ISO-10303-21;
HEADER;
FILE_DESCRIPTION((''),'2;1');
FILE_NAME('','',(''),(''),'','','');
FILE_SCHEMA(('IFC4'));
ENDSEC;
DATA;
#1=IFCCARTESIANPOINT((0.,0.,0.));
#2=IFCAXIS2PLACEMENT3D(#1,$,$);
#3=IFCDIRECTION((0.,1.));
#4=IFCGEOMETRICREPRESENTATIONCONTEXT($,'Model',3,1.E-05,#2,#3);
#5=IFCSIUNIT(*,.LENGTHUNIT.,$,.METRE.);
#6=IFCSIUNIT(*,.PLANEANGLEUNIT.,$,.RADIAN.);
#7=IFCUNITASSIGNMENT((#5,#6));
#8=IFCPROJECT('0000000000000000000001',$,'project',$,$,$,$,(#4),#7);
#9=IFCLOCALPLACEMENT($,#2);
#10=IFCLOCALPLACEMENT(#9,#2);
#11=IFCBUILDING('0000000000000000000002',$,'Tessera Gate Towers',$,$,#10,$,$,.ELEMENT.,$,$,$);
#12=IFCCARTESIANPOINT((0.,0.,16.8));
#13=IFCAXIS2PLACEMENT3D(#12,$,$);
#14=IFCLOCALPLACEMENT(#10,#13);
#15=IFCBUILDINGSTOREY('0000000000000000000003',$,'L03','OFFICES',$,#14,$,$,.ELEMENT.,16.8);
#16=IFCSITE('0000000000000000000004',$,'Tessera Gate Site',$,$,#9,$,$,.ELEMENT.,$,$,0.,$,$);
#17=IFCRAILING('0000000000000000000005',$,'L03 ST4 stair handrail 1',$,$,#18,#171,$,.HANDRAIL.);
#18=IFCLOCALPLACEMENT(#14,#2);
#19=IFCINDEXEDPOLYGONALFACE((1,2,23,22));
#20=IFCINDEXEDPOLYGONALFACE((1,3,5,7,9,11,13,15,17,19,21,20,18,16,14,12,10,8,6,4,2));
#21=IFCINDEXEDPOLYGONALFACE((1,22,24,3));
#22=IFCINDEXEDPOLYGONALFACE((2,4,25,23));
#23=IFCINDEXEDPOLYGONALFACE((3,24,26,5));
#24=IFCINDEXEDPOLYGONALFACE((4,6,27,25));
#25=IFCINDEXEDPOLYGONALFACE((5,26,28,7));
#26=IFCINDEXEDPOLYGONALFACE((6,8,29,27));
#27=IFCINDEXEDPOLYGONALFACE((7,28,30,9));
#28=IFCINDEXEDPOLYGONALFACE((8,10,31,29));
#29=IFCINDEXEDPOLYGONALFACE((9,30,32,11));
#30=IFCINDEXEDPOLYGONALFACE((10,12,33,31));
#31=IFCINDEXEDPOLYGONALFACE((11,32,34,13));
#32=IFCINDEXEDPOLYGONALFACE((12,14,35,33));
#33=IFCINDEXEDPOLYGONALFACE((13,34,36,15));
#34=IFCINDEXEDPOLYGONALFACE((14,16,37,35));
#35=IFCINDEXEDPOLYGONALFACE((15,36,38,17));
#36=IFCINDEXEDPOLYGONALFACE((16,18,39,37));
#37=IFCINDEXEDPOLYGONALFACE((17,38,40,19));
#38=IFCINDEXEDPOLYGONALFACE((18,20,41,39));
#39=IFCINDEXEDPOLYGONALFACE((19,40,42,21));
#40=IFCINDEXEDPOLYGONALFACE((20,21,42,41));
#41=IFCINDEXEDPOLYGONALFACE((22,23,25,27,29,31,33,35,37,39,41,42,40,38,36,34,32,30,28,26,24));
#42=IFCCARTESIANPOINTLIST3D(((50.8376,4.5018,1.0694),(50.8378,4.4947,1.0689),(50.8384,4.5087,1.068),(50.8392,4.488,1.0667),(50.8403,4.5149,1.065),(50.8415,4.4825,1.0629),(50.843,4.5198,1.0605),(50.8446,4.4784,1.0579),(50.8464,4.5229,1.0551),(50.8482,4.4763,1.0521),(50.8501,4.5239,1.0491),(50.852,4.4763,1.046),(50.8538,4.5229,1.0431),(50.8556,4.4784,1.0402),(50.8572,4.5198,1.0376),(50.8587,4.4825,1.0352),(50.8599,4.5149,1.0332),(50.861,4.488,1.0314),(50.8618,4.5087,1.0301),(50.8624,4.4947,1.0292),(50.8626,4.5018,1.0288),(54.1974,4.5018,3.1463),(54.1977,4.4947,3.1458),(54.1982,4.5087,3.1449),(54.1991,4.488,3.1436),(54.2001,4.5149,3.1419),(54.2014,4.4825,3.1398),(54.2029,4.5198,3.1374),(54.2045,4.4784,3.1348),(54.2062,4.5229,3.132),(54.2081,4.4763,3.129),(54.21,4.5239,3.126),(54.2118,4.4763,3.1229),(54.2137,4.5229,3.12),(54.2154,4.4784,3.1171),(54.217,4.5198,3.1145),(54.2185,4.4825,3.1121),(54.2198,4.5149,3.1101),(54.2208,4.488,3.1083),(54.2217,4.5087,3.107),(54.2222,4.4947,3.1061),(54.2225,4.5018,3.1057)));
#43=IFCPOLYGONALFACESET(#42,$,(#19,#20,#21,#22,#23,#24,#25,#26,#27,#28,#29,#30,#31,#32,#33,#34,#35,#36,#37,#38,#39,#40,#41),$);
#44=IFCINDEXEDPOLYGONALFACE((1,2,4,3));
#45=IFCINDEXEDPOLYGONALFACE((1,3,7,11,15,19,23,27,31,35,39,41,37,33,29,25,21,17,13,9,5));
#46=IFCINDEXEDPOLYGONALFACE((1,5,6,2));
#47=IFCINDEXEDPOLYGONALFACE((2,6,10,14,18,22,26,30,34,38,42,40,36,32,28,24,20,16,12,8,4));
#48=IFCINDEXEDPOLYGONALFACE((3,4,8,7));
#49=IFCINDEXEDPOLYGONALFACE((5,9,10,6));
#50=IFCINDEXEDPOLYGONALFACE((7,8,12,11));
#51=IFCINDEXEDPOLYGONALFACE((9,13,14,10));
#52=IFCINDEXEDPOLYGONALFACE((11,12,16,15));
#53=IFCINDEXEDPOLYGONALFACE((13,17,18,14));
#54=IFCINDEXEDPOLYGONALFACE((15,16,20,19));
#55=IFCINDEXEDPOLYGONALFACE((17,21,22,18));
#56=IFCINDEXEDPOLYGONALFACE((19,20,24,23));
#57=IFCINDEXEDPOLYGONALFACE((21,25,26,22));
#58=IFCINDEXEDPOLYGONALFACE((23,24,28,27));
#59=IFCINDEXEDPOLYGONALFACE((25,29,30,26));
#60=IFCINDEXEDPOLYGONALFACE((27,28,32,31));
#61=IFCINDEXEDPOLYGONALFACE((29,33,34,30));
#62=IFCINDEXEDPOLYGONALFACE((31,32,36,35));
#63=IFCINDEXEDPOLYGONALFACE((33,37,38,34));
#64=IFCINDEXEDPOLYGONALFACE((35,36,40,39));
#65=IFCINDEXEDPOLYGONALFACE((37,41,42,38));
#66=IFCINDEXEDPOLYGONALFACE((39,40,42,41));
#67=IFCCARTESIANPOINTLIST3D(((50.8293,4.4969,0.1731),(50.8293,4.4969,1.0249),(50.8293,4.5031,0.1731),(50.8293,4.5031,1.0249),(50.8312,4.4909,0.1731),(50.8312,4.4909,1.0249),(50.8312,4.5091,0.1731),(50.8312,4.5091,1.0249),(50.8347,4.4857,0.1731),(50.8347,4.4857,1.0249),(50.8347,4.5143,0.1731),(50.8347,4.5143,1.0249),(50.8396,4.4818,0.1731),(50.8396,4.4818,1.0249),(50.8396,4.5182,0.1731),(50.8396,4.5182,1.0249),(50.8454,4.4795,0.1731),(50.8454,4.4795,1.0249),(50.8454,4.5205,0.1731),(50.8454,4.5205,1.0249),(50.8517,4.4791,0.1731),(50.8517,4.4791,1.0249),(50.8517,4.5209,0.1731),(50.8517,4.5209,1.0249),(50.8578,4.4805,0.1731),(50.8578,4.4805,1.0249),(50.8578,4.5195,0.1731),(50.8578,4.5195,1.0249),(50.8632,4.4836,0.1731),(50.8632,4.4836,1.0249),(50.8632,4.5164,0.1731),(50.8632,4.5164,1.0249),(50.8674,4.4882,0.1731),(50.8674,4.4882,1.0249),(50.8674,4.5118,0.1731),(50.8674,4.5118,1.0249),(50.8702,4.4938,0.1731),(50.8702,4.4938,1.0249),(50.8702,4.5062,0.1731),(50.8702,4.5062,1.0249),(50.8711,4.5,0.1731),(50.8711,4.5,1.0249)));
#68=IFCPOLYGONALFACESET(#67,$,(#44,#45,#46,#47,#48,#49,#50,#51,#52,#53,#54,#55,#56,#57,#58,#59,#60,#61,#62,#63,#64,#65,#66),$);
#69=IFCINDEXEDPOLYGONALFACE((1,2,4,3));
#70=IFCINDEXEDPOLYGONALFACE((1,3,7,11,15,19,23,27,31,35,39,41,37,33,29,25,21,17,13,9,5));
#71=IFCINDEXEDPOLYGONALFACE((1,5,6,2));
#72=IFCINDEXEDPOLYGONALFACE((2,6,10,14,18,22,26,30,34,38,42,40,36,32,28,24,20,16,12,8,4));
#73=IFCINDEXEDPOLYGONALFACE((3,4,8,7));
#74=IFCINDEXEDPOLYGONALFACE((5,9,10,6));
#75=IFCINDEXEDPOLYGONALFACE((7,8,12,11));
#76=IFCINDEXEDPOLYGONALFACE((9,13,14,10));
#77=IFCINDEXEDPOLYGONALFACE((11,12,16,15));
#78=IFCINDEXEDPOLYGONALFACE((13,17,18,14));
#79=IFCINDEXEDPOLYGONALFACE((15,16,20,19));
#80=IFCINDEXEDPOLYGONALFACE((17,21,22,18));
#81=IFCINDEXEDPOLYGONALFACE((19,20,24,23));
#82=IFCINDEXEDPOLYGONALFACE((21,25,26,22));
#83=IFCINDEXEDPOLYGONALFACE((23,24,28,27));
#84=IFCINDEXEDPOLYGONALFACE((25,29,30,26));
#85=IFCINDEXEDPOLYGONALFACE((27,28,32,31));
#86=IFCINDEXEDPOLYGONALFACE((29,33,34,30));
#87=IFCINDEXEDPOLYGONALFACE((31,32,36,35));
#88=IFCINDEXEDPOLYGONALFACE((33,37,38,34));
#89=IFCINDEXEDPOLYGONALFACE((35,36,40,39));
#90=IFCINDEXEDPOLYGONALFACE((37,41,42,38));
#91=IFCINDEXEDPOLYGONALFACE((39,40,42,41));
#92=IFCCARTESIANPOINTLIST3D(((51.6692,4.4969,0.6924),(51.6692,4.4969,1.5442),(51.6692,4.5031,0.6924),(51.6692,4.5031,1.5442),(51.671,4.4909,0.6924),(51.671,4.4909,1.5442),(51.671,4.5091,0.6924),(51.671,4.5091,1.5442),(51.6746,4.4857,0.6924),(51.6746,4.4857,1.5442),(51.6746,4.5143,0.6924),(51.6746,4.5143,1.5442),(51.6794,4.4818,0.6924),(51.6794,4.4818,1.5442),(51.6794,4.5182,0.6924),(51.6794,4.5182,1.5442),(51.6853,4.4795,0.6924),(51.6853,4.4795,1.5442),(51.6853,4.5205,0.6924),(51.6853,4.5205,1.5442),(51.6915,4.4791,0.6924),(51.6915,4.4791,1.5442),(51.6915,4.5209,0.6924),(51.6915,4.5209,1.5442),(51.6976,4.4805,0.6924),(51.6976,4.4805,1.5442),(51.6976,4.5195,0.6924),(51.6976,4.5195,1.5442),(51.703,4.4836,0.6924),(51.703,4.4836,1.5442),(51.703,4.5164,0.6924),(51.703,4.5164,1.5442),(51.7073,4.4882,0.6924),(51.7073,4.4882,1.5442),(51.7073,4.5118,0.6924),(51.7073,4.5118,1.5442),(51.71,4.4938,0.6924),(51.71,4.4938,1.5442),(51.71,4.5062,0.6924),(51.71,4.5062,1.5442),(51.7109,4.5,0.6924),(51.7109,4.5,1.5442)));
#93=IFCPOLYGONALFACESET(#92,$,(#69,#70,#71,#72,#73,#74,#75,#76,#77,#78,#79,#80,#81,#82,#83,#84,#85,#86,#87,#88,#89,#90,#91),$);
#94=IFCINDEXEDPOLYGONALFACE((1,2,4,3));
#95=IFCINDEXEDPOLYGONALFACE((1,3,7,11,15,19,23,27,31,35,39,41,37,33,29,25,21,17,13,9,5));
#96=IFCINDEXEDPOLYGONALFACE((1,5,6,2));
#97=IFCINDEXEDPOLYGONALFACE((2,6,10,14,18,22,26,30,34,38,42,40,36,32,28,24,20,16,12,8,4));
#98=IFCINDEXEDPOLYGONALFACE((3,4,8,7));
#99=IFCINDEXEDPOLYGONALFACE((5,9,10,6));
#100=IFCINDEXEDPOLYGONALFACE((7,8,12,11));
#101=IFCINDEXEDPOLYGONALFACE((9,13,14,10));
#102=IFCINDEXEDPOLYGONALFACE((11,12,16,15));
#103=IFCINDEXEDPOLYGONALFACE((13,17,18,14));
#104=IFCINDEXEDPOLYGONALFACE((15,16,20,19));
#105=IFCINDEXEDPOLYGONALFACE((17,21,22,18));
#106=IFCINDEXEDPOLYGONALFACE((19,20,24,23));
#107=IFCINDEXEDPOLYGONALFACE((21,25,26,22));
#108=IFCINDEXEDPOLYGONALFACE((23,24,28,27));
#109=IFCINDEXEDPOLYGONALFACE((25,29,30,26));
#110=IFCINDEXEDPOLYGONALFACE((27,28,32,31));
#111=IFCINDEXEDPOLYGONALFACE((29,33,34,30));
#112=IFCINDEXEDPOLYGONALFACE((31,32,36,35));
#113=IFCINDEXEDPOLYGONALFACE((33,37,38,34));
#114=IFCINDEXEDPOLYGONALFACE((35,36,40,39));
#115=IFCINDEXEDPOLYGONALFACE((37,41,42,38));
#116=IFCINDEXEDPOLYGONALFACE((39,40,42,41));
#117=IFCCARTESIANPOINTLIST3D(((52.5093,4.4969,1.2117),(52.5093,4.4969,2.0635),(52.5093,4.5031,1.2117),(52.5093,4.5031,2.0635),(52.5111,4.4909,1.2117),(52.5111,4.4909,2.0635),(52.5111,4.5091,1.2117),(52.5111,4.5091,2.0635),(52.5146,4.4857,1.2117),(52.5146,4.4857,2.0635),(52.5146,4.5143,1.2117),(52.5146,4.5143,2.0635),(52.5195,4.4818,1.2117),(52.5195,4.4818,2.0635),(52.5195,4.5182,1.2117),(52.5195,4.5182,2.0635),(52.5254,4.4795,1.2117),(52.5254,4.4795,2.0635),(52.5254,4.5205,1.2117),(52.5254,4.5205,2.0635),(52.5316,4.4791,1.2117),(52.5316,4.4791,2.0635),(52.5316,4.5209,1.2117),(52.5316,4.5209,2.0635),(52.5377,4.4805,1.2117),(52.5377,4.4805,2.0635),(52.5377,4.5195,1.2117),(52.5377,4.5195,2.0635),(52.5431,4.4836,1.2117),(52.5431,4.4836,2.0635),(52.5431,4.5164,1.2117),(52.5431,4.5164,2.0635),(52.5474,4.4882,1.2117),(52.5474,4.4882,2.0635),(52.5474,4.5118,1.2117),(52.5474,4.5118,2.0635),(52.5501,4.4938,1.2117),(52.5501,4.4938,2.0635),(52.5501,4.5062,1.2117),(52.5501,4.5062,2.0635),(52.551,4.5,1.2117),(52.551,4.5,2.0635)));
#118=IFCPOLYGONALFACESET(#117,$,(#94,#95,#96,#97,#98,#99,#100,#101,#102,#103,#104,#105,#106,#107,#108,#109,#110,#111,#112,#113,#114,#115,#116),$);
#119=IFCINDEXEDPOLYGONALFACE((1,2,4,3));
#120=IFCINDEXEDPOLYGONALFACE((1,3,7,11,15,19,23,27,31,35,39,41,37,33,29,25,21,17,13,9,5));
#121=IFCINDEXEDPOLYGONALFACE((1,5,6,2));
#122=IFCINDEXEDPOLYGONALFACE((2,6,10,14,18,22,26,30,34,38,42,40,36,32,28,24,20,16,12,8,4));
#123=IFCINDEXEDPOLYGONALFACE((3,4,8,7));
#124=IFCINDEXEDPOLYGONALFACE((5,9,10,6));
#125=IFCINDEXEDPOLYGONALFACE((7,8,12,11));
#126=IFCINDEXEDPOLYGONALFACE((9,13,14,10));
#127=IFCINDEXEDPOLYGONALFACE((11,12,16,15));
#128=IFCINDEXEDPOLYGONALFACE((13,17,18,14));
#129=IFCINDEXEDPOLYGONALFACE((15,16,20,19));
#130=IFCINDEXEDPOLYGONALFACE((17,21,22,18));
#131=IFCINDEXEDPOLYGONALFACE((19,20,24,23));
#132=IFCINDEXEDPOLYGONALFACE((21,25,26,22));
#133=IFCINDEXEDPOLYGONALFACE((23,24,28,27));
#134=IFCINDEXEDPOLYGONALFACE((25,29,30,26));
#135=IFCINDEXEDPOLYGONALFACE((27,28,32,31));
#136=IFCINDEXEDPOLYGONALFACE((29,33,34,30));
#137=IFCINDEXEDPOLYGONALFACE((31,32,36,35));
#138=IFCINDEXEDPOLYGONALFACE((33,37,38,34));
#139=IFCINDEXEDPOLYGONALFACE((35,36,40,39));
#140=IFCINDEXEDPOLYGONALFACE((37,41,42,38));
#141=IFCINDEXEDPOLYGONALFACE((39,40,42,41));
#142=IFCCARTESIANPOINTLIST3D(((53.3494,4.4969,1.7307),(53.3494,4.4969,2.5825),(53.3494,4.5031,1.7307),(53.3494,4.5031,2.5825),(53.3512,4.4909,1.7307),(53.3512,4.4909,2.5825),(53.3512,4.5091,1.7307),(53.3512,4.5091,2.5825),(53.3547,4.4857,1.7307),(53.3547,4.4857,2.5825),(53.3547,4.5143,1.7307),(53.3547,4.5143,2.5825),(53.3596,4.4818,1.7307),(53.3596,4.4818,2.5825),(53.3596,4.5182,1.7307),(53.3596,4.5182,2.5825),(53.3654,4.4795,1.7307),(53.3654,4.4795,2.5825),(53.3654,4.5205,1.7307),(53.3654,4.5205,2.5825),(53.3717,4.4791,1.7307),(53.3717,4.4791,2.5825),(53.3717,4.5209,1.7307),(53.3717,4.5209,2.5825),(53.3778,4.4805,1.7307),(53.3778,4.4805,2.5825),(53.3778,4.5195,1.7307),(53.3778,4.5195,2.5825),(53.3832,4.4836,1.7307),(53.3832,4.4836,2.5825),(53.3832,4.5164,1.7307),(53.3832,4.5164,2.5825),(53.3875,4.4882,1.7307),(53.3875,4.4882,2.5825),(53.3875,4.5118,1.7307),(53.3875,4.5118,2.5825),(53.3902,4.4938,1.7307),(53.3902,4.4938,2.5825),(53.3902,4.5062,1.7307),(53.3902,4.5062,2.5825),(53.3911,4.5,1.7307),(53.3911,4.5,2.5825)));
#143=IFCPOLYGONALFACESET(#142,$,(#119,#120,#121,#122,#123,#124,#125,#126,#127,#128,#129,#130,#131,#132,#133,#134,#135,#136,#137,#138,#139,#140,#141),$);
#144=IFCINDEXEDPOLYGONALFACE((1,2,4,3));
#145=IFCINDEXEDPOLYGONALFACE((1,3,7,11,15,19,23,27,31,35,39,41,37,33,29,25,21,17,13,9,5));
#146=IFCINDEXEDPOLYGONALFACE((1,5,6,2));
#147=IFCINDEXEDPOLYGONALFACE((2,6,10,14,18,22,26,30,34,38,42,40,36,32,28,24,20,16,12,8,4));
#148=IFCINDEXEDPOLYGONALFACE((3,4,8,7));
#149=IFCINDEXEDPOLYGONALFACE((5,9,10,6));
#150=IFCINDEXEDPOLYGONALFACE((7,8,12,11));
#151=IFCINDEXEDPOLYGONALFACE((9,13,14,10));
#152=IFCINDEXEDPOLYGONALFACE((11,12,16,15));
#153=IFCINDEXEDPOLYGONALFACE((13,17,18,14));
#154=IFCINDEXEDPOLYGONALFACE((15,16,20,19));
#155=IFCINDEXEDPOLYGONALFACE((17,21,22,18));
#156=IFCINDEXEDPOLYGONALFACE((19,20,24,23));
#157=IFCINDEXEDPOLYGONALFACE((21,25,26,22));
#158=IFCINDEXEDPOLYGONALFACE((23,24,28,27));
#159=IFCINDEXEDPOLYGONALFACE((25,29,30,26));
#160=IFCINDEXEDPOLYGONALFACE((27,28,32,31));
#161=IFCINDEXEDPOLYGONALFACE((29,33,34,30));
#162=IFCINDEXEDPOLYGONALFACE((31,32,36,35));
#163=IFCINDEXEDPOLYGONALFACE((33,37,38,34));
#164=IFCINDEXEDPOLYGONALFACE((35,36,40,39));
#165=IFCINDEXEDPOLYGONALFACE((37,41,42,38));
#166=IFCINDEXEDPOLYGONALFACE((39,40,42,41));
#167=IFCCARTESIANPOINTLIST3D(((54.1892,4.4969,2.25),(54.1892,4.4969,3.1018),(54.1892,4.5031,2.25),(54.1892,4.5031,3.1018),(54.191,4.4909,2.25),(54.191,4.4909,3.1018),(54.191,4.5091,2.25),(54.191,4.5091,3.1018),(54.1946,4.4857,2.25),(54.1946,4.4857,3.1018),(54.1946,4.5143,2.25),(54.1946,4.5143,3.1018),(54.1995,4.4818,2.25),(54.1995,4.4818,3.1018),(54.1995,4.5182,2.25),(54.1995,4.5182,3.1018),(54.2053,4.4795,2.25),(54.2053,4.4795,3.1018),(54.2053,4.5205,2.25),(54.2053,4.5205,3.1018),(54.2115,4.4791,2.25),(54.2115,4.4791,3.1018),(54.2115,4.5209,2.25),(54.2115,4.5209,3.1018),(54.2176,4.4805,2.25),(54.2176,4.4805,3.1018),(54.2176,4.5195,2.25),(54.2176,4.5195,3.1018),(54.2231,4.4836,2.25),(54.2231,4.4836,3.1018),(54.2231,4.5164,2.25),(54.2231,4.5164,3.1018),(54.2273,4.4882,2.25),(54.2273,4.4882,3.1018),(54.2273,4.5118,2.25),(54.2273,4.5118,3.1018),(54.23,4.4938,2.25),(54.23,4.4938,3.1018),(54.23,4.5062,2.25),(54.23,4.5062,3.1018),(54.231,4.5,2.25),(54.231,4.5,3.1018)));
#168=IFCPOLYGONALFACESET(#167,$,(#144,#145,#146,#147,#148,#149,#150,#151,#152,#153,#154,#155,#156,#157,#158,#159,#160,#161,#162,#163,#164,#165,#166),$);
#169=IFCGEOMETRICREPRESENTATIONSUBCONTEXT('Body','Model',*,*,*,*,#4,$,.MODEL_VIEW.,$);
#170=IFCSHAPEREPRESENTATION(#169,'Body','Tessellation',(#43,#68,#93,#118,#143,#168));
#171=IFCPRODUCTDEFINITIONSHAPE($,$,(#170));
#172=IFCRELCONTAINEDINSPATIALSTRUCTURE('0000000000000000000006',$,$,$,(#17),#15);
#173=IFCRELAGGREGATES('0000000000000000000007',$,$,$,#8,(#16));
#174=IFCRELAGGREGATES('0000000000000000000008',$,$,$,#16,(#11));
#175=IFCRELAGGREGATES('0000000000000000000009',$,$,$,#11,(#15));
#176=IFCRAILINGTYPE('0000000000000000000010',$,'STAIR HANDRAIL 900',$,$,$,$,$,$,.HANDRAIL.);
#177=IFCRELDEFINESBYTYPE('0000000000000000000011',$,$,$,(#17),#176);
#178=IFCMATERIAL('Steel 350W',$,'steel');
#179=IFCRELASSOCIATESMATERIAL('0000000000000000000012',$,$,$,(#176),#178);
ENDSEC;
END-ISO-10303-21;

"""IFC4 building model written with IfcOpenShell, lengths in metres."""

from ifc_helpers import new_model, si_unit, direction, frame, origin, origin_2d, place, context, subcontext, project, spatial, circle, extrude, material, type_object, element, save


model = new_model("IFC4")

# Units and contexts
model_context = context("Model", 3, precision=1e-05, world=origin(), true_north=direction((0.0, 1.0)))
body_context = subcontext(model_context, "Body", "Model", "MODEL_VIEW")
ifc_project = project(units=[si_unit("LENGTHUNIT", "METRE"), si_unit("PLANEANGLEUNIT", "RADIAN")], contexts=[model_context])

# Site, building, storey
site_placement = place(None, origin())
site = spatial("IfcSite", under=ifc_project, at=site_placement, Name="Tessera Gate Site", CompositionType="ELEMENT", RefElevation=0.0)
building_placement = place(site_placement, origin())
building = spatial("IfcBuilding", under=site, at=building_placement, Name="Tessera Gate Towers", CompositionType="ELEMENT")
storey_placement = place(building_placement, frame((0.0, 0.0, 16.8)))
storey = spatial("IfcBuildingStorey", under=building, at=storey_placement, Name="L03", Description="OFFICES", CompositionType="ELEMENT", Elevation=16.8)

# Railing
ifc_material_1 = material(Name="Steel 350W", Category="steel")
railing_type_1 = type_object("IfcRailingType", Name="STAIR HANDRAIL 900", PredefinedType="HANDRAIL", material=ifc_material_1)
railing_1_placement = place(storey_placement, frame((50.8501, 4.5, 0.1731)))
element("IfcRailing", 1, at=railing_1_placement, inside=storey, type_object=railing_type_1, Name="L03 ST4 stair handrail 1", PredefinedType="HANDRAIL", context=body_context, shape_type="SweptSolid", body=[
    extrude(circle(Radius=0.0239, at=origin_2d()), frame((0.0, 0.0, 0.876), z_axis=(0.850606, 0.0, 0.525803), x_axis=(0.0, 1.0, 0.0)), (0.0, 0.0, 1.0), 3.95),
    extrude(circle(Radius=0.021, at=origin_2d()), origin(), (0.0, 0.0, 1.0), 0.8518),
    extrude(circle(Radius=0.021, at=origin_2d()), frame((0.8398, 0.0, 0.5193)), (0.0, 0.0, 1.0), 0.8518),
    extrude(circle(Radius=0.021, at=origin_2d()), frame((1.6799, 0.0, 1.0386)), (0.0, 0.0, 1.0), 0.8518),
    extrude(circle(Radius=0.021, at=origin_2d()), frame((2.52, 0.0, 1.5576)), (0.0, 0.0, 1.0), 0.8518),
    extrude(circle(Radius=0.021, at=origin_2d()), frame((3.3599, 0.0, 2.0769)), (0.0, 0.0, 1.0), 0.8518),
])

save(model, "model.ifc")
